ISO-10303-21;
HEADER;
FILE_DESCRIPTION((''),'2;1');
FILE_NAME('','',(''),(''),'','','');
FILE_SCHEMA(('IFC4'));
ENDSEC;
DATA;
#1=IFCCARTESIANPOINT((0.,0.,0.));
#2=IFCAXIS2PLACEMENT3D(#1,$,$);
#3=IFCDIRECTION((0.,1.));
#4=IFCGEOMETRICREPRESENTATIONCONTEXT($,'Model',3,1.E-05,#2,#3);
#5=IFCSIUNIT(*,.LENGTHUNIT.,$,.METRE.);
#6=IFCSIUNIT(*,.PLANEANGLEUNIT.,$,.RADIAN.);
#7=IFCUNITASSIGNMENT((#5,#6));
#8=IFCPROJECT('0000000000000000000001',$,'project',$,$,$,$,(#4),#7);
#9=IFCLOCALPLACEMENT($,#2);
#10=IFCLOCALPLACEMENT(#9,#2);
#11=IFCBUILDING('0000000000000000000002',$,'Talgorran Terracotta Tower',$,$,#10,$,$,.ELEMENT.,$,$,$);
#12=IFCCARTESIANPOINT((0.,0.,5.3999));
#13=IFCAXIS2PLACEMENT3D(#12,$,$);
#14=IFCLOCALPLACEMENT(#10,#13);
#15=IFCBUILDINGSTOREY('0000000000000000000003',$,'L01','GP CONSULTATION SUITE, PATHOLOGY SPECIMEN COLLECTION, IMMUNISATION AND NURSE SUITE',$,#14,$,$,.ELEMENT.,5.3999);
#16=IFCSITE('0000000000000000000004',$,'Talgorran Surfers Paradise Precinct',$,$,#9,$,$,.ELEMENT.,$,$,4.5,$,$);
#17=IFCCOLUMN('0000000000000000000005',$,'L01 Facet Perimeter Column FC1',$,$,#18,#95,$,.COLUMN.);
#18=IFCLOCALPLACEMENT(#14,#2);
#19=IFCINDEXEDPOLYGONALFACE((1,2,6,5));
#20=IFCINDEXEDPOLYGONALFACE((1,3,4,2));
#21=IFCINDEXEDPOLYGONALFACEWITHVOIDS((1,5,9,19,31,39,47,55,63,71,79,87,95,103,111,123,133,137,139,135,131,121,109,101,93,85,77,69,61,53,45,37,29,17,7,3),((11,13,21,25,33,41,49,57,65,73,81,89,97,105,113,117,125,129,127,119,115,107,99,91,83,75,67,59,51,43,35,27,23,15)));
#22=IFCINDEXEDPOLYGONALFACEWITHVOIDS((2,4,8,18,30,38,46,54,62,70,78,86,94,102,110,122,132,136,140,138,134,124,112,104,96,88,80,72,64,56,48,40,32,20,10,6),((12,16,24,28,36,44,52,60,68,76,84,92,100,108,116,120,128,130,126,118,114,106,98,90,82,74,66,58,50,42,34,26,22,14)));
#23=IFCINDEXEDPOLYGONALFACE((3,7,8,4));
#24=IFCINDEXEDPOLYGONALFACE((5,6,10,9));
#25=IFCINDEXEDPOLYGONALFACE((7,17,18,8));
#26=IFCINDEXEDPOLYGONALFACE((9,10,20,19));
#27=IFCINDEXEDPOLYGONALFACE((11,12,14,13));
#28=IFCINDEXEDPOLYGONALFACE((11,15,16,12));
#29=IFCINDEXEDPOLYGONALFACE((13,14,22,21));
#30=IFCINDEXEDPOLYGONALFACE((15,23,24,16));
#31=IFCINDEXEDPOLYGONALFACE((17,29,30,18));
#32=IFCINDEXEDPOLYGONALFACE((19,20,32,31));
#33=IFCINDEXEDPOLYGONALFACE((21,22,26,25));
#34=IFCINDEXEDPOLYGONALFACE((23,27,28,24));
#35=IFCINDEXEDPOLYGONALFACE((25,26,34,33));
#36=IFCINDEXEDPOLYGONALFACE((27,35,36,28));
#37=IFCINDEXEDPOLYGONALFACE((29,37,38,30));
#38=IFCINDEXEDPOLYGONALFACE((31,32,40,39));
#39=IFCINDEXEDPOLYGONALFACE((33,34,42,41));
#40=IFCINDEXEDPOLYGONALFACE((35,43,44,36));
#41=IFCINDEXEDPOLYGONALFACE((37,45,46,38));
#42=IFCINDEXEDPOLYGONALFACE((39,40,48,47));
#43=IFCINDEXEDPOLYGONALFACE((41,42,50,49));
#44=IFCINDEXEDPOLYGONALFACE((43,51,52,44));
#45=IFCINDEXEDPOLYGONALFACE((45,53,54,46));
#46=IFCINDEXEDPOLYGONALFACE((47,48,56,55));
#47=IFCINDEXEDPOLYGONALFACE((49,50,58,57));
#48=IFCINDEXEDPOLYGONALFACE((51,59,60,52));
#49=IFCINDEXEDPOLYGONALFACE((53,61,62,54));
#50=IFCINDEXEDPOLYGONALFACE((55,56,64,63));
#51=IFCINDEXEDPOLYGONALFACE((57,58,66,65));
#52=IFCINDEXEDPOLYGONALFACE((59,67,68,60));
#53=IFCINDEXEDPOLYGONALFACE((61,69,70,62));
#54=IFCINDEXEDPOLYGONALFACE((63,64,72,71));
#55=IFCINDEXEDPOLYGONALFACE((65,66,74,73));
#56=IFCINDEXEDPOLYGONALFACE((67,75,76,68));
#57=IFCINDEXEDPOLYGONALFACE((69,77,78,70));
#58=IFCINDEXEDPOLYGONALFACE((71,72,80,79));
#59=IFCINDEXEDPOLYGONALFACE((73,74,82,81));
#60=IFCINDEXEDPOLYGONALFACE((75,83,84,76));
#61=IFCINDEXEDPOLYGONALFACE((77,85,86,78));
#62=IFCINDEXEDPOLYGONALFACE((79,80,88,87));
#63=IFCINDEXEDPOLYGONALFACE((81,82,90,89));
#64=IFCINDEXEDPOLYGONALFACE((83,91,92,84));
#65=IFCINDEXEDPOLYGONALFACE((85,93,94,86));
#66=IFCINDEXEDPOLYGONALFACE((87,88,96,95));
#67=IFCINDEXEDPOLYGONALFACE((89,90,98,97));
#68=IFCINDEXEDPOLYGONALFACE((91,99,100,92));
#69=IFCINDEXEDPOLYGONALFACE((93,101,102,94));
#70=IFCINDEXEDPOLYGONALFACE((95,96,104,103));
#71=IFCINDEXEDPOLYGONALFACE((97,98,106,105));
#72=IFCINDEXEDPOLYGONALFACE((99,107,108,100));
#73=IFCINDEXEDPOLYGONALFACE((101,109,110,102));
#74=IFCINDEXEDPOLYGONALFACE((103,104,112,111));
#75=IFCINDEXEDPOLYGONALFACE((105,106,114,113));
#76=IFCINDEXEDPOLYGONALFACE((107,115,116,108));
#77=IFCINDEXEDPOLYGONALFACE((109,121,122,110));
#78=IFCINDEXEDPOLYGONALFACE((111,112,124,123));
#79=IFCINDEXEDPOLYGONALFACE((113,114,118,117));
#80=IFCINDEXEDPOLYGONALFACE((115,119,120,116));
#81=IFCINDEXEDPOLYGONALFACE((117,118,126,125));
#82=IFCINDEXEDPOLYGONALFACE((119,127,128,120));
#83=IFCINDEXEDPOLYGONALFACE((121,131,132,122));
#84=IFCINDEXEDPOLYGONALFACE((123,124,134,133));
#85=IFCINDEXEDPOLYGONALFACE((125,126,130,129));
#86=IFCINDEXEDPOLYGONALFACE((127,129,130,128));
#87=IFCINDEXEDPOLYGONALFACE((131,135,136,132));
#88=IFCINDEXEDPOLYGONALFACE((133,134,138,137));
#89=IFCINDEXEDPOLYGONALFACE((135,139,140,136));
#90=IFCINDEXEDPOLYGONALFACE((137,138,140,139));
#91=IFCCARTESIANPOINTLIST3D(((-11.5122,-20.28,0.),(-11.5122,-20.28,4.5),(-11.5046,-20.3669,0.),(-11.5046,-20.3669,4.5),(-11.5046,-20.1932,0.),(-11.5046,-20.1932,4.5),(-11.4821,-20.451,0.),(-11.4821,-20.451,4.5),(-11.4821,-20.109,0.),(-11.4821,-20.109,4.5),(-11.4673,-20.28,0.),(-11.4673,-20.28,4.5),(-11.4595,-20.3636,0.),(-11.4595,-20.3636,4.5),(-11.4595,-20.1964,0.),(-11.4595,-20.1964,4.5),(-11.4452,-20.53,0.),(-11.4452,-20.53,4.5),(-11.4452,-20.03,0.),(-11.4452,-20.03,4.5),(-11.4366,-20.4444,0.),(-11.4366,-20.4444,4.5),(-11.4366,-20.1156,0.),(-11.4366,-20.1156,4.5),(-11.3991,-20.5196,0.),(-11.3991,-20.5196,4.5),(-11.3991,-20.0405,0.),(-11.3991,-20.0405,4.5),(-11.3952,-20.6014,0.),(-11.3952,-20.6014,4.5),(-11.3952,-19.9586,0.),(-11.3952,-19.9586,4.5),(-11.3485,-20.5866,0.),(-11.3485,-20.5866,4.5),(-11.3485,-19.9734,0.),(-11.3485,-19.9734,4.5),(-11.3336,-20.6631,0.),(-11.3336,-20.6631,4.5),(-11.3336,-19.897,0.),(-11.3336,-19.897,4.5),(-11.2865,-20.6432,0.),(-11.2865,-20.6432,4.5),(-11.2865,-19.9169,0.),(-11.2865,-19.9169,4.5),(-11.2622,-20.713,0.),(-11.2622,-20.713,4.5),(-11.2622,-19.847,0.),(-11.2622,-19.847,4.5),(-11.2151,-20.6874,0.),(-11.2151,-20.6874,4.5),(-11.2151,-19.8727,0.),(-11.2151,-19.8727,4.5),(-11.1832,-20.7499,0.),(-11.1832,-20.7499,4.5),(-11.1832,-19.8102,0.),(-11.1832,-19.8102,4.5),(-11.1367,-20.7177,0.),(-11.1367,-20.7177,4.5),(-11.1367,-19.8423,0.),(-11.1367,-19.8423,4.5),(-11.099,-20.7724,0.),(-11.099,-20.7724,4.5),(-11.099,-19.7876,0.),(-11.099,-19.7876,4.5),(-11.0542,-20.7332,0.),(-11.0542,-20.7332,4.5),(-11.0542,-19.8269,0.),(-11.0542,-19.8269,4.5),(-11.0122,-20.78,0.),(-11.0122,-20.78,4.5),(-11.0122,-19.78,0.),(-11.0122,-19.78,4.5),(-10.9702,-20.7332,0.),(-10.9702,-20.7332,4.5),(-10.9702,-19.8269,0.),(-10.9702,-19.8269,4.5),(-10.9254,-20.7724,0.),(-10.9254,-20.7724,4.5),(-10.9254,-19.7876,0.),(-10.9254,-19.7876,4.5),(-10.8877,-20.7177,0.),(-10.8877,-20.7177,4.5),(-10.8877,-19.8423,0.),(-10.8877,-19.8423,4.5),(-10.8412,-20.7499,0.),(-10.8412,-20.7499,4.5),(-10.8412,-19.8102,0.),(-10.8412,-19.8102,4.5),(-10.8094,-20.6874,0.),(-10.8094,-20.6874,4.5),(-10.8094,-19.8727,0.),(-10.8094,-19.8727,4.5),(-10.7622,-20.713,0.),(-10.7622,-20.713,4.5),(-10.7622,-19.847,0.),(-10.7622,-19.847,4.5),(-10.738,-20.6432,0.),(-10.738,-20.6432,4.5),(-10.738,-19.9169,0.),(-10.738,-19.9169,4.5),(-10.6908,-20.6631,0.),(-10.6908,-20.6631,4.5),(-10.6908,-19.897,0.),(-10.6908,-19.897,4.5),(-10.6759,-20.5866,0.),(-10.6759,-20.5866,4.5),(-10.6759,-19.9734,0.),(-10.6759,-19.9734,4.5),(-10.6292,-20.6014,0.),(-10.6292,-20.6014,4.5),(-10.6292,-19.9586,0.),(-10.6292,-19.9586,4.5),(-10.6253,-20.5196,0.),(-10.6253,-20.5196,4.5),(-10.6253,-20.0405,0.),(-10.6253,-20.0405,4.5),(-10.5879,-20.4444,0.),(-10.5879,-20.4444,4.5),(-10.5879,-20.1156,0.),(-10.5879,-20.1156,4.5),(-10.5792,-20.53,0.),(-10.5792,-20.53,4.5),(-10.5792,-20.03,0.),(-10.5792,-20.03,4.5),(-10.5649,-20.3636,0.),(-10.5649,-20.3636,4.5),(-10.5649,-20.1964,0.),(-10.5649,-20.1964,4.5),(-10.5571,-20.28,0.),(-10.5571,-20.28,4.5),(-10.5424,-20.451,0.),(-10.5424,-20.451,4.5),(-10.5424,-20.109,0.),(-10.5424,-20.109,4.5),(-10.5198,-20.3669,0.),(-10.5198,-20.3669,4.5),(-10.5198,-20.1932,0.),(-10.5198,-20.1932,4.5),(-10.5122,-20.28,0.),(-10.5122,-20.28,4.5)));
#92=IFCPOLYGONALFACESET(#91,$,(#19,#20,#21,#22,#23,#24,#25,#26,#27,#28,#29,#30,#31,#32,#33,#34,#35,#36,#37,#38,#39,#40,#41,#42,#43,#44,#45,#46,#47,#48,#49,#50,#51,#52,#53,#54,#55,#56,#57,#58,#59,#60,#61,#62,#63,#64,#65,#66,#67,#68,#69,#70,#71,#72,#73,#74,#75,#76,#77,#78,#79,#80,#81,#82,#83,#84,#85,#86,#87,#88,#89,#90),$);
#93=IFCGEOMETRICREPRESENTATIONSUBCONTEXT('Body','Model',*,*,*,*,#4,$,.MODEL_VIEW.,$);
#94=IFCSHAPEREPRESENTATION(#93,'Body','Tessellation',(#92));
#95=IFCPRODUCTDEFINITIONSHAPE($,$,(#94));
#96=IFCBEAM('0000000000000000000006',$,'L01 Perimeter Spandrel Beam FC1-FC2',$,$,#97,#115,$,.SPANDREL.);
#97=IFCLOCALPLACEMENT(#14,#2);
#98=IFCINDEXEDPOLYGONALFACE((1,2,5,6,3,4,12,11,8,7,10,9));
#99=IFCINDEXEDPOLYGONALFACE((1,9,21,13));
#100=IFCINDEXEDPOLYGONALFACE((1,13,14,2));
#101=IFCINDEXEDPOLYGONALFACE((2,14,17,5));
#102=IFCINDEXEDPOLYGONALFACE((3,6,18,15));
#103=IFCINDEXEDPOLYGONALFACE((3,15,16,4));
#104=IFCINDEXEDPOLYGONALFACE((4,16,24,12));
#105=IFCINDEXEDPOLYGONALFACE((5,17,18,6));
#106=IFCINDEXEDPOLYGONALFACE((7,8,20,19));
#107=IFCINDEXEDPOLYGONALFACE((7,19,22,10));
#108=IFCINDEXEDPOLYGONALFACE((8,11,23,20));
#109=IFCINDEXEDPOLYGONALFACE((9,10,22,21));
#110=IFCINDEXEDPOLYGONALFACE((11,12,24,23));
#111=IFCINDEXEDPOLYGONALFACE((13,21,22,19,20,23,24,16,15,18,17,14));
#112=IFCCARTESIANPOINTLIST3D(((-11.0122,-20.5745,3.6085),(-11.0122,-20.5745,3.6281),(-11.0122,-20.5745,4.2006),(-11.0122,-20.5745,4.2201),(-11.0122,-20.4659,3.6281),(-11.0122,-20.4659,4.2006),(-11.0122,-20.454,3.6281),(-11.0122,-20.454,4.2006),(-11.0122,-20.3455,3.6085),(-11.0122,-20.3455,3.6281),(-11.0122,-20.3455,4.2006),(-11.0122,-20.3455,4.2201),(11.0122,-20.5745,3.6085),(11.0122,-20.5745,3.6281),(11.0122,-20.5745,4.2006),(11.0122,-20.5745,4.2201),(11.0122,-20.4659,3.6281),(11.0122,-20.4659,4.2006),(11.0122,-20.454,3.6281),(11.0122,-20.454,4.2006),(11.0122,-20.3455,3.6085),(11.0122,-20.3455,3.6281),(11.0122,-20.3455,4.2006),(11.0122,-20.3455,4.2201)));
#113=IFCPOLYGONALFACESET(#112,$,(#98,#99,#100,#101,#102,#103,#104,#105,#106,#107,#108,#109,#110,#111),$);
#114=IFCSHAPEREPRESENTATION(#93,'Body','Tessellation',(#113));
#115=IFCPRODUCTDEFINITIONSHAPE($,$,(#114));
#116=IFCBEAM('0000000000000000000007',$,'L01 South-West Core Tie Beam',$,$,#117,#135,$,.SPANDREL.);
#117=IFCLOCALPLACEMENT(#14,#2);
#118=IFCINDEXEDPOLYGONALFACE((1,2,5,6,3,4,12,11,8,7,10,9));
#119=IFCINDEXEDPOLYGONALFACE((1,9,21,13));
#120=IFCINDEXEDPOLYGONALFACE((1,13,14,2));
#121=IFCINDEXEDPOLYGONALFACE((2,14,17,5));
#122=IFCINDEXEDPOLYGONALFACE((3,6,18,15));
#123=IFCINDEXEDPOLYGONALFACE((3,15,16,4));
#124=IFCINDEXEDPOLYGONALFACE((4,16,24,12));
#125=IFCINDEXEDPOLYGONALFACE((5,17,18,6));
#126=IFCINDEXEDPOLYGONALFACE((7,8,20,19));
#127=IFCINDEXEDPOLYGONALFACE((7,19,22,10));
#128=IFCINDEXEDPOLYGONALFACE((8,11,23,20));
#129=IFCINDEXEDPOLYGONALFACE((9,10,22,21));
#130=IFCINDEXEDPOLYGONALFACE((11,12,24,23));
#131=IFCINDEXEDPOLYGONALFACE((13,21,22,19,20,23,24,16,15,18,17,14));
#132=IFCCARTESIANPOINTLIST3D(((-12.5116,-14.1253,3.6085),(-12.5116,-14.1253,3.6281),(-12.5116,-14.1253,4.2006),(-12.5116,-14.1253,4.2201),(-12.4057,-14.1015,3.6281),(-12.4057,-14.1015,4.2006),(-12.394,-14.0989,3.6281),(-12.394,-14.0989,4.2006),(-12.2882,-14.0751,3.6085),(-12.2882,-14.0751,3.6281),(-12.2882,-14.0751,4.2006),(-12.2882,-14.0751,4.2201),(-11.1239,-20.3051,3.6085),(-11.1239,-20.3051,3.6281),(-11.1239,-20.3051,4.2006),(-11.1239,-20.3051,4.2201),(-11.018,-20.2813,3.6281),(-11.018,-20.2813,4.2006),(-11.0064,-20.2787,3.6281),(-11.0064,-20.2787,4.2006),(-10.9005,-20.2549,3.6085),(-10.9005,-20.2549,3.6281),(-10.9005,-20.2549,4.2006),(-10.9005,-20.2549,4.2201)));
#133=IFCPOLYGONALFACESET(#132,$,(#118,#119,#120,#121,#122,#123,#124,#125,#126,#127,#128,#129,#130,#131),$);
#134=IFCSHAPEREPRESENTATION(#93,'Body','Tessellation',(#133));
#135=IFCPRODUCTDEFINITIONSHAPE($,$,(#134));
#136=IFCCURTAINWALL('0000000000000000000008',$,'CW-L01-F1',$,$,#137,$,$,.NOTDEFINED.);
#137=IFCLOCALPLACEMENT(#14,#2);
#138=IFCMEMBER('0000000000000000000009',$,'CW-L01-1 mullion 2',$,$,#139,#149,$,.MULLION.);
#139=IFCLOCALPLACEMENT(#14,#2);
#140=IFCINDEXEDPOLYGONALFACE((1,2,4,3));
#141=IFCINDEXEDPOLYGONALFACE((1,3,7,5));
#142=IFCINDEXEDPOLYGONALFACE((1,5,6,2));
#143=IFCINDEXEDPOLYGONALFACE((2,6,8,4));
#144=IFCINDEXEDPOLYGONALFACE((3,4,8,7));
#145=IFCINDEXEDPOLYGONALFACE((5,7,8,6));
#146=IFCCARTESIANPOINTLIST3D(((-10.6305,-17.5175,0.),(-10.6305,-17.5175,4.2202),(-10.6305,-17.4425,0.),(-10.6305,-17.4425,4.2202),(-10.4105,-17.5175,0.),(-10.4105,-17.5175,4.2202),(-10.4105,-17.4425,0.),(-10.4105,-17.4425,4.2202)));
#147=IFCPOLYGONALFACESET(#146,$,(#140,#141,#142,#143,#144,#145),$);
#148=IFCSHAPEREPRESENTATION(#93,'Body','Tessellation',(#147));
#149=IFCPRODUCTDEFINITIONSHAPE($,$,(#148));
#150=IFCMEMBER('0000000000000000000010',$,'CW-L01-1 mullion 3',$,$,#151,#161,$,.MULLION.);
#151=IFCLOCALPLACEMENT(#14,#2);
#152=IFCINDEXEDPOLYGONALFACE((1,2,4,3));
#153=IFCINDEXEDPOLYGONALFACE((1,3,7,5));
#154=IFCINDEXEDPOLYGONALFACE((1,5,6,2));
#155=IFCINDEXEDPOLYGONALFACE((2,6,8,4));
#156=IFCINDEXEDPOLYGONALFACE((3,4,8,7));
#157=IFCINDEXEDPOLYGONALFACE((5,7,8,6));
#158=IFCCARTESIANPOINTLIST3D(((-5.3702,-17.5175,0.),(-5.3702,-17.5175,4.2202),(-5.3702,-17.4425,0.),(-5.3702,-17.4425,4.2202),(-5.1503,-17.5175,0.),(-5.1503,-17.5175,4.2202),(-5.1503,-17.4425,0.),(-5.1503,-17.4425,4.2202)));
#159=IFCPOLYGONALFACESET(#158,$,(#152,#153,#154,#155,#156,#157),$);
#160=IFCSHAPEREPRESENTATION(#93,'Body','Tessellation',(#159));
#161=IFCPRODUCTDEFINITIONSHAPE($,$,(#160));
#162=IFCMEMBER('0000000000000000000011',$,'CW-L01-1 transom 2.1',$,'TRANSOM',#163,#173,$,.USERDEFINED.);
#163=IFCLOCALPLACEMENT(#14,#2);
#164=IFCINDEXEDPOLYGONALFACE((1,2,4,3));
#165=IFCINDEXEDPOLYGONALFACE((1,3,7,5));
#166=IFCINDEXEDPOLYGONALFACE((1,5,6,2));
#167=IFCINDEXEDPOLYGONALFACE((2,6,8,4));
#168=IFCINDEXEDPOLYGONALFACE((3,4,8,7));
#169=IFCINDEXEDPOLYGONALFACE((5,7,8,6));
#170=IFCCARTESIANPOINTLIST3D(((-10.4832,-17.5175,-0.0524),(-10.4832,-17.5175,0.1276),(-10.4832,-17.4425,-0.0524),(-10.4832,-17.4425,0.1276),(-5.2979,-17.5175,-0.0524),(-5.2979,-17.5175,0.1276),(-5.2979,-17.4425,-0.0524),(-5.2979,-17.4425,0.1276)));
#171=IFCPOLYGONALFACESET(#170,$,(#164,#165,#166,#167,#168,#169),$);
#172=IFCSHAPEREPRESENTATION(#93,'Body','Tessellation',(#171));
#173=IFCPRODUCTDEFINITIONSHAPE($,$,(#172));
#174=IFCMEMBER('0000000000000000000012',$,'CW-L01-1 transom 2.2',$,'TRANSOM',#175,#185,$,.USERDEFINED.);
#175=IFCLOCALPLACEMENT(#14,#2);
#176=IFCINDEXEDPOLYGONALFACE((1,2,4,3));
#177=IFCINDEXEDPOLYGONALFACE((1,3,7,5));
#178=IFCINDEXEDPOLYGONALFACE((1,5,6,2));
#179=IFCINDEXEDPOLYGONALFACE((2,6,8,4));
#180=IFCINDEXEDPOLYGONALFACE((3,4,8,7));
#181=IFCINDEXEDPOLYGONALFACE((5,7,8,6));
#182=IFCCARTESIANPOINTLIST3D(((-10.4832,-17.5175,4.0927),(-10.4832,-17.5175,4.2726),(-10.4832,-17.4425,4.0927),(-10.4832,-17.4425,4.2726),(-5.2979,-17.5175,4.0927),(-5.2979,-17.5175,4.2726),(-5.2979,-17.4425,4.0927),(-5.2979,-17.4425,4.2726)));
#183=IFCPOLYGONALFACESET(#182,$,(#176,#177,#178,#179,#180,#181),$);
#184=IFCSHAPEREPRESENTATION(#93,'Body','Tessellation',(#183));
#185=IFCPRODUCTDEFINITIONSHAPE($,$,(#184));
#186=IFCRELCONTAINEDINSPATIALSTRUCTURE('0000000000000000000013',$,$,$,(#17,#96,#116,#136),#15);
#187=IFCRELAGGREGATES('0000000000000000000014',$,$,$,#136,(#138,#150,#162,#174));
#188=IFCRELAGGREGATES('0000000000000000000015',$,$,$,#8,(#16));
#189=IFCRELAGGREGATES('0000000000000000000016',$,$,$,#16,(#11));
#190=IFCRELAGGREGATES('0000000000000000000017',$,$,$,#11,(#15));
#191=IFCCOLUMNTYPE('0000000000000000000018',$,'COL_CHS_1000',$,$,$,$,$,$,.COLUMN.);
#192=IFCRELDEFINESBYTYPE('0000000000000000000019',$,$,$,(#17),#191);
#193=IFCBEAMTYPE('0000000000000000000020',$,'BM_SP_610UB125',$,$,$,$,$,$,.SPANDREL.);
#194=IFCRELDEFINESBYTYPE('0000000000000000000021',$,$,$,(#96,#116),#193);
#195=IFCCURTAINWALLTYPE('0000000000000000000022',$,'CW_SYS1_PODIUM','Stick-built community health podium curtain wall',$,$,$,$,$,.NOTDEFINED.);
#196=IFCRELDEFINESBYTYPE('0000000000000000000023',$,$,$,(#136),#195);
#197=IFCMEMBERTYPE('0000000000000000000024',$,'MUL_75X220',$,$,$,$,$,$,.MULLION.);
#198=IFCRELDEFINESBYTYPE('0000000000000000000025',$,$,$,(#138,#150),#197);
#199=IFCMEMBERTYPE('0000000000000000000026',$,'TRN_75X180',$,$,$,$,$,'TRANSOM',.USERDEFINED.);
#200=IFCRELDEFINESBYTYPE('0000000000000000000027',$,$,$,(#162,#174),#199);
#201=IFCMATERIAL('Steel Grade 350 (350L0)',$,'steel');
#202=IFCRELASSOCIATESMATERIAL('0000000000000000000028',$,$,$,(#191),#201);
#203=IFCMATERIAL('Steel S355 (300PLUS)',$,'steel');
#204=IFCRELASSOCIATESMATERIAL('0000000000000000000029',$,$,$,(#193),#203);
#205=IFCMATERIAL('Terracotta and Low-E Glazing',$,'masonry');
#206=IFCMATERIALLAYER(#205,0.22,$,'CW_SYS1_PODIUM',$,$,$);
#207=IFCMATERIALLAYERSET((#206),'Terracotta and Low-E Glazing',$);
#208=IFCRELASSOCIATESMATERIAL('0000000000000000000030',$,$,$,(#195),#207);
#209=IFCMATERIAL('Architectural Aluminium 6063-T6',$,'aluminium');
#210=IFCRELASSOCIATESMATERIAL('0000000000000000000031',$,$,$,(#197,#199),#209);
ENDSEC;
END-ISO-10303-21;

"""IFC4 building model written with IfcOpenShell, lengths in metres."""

from ifc_helpers import new_model, si_unit, direction, frame, origin, origin_2d, place, context, subcontext, project, spatial, rectangle, hollow_circle, i_section, extrude, material, layer, layer_set, material_profile, profile_set, type_object, element, aggregate, save


model = new_model("IFC4")

# Units and contexts
model_context = context("Model", 3, precision=1e-05, world=origin(), true_north=direction((0.0, 1.0)))
body_context = subcontext(model_context, "Body", "Model", "MODEL_VIEW")
ifc_project = project(units=[si_unit("LENGTHUNIT", "METRE"), si_unit("PLANEANGLEUNIT", "RADIAN")], contexts=[model_context])

# Site, building, storey
site_placement = place(None, origin())
site = spatial("IfcSite", under=ifc_project, at=site_placement, Name="Talgorran Surfers Paradise Precinct", CompositionType="ELEMENT", RefElevation=4.5)
building_placement = place(site_placement, origin())
building = spatial("IfcBuilding", under=site, at=building_placement, Name="Talgorran Terracotta Tower", CompositionType="ELEMENT")
storey_placement = place(building_placement, frame((0.0, 0.0, 5.3999)))
storey = spatial("IfcBuildingStorey", under=building, at=storey_placement, Name="L01", Description="GP CONSULTATION SUITE, PATHOLOGY SPECIMEN COLLECTION, IMMUNISATION AND NURSE SUITE", CompositionType="ELEMENT", Elevation=5.3999)

# Column
ifc_material_1 = material(Name="Steel Grade 350 (350L0)", Category="steel")
ifc_material_profile_1 = material_profile(ifc_material_1, hollow_circle(Radius=0.5, WallThickness=0.0449, at=origin_2d()), Name="CHS1000X45")
ifc_profile_set_1 = profile_set([ifc_material_profile_1], Name="Steel Grade 350 (350L0)")
column_type = type_object("IfcColumnType", Name="COL_CHS_1000", PredefinedType="COLUMN", material=ifc_profile_set_1)
column_placement = place(storey_placement, frame((-11.0122, -20.28, 0.0), z_axis=(0.0, 0.0, 1.0), x_axis=(1.0, 0.0, 0.0)))
element("IfcColumn", 1, at=column_placement, inside=storey, type_object=column_type, Name="L01 Facet Perimeter Column FC1", PredefinedType="COLUMN", context=body_context, shape_type="SweptSolid", body=[
    extrude(hollow_circle(Radius=0.5, WallThickness=0.0449, at=origin_2d()), origin(), (0.0, 0.0, 1.0), 4.5),
])

# Beams
ifc_material_2 = material(Name="Steel S355 (300PLUS)", Category="steel")
ifc_material_profile_2 = material_profile(ifc_material_2, i_section(OverallWidth=0.229, OverallDepth=0.6116, WebThickness=0.012, FlangeThickness=0.0195, at=origin_2d()), Name="610UB125")
ifc_profile_set_2 = profile_set([ifc_material_profile_2], Name="Steel S355 (300PLUS)")
beam_type = type_object("IfcBeamType", Name="BM_SP_610UB125", PredefinedType="SPANDREL", material=ifc_profile_set_2)
beam_1_placement = place(storey_placement, frame((-11.0122, -20.46, 3.9143), z_axis=(1.0, 0.0, 0.0), x_axis=(0.0, 1.0, 0.0)))
element("IfcBeam", 2, at=beam_1_placement, inside=storey, type_object=beam_type, Name="L01 Perimeter Spandrel Beam FC1-FC2", PredefinedType="SPANDREL", context=body_context, shape_type="SweptSolid", body=[
    extrude(i_section(OverallWidth=0.229, OverallDepth=0.6116, WebThickness=0.012, FlangeThickness=0.0195, at=origin_2d()), origin(), (0.0, 0.0, 1.0), 22.0244),
])
beam_2_placement = place(storey_placement, frame((-11.0122, -20.28, 3.9143), z_axis=(-0.219093, 0.975704, 0.0), x_axis=(-0.975704, -0.219093, 0.0)))
element("IfcBeam", 3, at=beam_2_placement, inside=storey, type_object=beam_type, Name="L01 South-West Core Tie Beam", PredefinedType="SPANDREL", context=body_context, shape_type="SweptSolid", body=[
    extrude(i_section(OverallWidth=0.229, OverallDepth=0.6116, WebThickness=0.012, FlangeThickness=0.0195, at=origin_2d()), origin(), (0.0, 0.0, 1.0), 6.3337),
])

# Curtain wall, members
ifc_material_3 = material(Name="Terracotta and Low-E Glazing", Category="masonry")
ifc_layer_1 = layer(ifc_material_3, 0.22, Name="CW_SYS1_PODIUM")
ifc_layer_set_1 = layer_set([ifc_layer_1], Name="Terracotta and Low-E Glazing")
curtain_wall_type = type_object("IfcCurtainWallType", Name="CW_SYS1_PODIUM", Description="Stick-built community health podium curtain wall", PredefinedType="NOTDEFINED", material=ifc_layer_set_1)
curtain_wall_placement = place(storey_placement, origin())
curtain_wall = element("IfcCurtainWall", 4, at=curtain_wall_placement, inside=storey, type_object=curtain_wall_type, Name="CW-L01-F1", PredefinedType="NOTDEFINED")
ifc_material_4 = material(Name="Architectural Aluminium 6063-T6", Category="aluminium")
ifc_material_profile_3 = material_profile(ifc_material_4, rectangle(XDim=0.075, YDim=0.22, at=origin_2d()), Name="CWM75X220")
ifc_profile_set_3 = profile_set([ifc_material_profile_3], Name="Architectural Aluminium 6063-T6")
member_type_1 = type_object("IfcMemberType", Name="MUL_75X220", PredefinedType="MULLION", material=ifc_profile_set_3)
member_1_placement = place(storey_placement, frame((-10.5205, -17.48, 0.0), z_axis=(0.0, 0.0, 1.0), x_axis=(0.0, 1.0, 0.0)))
member_1 = element("IfcMember", 5, at=member_1_placement, type_object=member_type_1, Name="CW-L01-1 mullion 2", PredefinedType="MULLION", context=body_context, shape_type="SweptSolid", body=[
    extrude(rectangle(XDim=0.075, YDim=0.22, at=origin_2d()), origin(), (0.0, 0.0, 1.0), 4.2202),
])
member_2_placement = place(storey_placement, frame((-5.2603, -17.48, 0.0), z_axis=(0.0, 0.0, 1.0), x_axis=(0.0, 1.0, 0.0)))
member_2 = element("IfcMember", 6, at=member_2_placement, type_object=member_type_1, Name="CW-L01-1 mullion 3", PredefinedType="MULLION", context=body_context, shape_type="SweptSolid", body=[
    extrude(rectangle(XDim=0.075, YDim=0.22, at=origin_2d()), origin(), (0.0, 0.0, 1.0), 4.2202),
])
ifc_material_profile_4 = material_profile(ifc_material_4, rectangle(XDim=0.075, YDim=0.1799, at=origin_2d()), Name="CWT75X180")
ifc_profile_set_4 = profile_set([ifc_material_profile_4], Name="Architectural Aluminium 6063-T6")
member_type_2 = type_object("IfcMemberType", Name="TRN_75X180", ElementType="TRANSOM", PredefinedType="USERDEFINED", material=ifc_profile_set_4)
member_3_placement = place(storey_placement, frame((-10.4832, -17.48, 0.0376), z_axis=(1.0, 0.0, 0.0), x_axis=(0.0, 1.0, 0.0)))
member_3 = element("IfcMember", 7, at=member_3_placement, type_object=member_type_2, Name="CW-L01-1 transom 2.1", ObjectType="TRANSOM", PredefinedType="USERDEFINED", context=body_context, shape_type="SweptSolid", body=[
    extrude(rectangle(XDim=0.075, YDim=0.1799, at=origin_2d()), origin(), (0.0, 0.0, 1.0), 5.1853),
])
member_4_placement = place(storey_placement, frame((-10.4832, -17.48, 4.1826), z_axis=(1.0, 0.0, 0.0), x_axis=(0.0, 1.0, 0.0)))
member_4 = element("IfcMember", 8, at=member_4_placement, type_object=member_type_2, Name="CW-L01-1 transom 2.2", ObjectType="TRANSOM", PredefinedType="USERDEFINED", context=body_context, shape_type="SweptSolid", body=[
    extrude(rectangle(XDim=0.075, YDim=0.1799, at=origin_2d()), origin(), (0.0, 0.0, 1.0), 5.1853),
])
aggregate(curtain_wall, [member_1, member_2, member_3, member_4])

save(model, "model.ifc")
